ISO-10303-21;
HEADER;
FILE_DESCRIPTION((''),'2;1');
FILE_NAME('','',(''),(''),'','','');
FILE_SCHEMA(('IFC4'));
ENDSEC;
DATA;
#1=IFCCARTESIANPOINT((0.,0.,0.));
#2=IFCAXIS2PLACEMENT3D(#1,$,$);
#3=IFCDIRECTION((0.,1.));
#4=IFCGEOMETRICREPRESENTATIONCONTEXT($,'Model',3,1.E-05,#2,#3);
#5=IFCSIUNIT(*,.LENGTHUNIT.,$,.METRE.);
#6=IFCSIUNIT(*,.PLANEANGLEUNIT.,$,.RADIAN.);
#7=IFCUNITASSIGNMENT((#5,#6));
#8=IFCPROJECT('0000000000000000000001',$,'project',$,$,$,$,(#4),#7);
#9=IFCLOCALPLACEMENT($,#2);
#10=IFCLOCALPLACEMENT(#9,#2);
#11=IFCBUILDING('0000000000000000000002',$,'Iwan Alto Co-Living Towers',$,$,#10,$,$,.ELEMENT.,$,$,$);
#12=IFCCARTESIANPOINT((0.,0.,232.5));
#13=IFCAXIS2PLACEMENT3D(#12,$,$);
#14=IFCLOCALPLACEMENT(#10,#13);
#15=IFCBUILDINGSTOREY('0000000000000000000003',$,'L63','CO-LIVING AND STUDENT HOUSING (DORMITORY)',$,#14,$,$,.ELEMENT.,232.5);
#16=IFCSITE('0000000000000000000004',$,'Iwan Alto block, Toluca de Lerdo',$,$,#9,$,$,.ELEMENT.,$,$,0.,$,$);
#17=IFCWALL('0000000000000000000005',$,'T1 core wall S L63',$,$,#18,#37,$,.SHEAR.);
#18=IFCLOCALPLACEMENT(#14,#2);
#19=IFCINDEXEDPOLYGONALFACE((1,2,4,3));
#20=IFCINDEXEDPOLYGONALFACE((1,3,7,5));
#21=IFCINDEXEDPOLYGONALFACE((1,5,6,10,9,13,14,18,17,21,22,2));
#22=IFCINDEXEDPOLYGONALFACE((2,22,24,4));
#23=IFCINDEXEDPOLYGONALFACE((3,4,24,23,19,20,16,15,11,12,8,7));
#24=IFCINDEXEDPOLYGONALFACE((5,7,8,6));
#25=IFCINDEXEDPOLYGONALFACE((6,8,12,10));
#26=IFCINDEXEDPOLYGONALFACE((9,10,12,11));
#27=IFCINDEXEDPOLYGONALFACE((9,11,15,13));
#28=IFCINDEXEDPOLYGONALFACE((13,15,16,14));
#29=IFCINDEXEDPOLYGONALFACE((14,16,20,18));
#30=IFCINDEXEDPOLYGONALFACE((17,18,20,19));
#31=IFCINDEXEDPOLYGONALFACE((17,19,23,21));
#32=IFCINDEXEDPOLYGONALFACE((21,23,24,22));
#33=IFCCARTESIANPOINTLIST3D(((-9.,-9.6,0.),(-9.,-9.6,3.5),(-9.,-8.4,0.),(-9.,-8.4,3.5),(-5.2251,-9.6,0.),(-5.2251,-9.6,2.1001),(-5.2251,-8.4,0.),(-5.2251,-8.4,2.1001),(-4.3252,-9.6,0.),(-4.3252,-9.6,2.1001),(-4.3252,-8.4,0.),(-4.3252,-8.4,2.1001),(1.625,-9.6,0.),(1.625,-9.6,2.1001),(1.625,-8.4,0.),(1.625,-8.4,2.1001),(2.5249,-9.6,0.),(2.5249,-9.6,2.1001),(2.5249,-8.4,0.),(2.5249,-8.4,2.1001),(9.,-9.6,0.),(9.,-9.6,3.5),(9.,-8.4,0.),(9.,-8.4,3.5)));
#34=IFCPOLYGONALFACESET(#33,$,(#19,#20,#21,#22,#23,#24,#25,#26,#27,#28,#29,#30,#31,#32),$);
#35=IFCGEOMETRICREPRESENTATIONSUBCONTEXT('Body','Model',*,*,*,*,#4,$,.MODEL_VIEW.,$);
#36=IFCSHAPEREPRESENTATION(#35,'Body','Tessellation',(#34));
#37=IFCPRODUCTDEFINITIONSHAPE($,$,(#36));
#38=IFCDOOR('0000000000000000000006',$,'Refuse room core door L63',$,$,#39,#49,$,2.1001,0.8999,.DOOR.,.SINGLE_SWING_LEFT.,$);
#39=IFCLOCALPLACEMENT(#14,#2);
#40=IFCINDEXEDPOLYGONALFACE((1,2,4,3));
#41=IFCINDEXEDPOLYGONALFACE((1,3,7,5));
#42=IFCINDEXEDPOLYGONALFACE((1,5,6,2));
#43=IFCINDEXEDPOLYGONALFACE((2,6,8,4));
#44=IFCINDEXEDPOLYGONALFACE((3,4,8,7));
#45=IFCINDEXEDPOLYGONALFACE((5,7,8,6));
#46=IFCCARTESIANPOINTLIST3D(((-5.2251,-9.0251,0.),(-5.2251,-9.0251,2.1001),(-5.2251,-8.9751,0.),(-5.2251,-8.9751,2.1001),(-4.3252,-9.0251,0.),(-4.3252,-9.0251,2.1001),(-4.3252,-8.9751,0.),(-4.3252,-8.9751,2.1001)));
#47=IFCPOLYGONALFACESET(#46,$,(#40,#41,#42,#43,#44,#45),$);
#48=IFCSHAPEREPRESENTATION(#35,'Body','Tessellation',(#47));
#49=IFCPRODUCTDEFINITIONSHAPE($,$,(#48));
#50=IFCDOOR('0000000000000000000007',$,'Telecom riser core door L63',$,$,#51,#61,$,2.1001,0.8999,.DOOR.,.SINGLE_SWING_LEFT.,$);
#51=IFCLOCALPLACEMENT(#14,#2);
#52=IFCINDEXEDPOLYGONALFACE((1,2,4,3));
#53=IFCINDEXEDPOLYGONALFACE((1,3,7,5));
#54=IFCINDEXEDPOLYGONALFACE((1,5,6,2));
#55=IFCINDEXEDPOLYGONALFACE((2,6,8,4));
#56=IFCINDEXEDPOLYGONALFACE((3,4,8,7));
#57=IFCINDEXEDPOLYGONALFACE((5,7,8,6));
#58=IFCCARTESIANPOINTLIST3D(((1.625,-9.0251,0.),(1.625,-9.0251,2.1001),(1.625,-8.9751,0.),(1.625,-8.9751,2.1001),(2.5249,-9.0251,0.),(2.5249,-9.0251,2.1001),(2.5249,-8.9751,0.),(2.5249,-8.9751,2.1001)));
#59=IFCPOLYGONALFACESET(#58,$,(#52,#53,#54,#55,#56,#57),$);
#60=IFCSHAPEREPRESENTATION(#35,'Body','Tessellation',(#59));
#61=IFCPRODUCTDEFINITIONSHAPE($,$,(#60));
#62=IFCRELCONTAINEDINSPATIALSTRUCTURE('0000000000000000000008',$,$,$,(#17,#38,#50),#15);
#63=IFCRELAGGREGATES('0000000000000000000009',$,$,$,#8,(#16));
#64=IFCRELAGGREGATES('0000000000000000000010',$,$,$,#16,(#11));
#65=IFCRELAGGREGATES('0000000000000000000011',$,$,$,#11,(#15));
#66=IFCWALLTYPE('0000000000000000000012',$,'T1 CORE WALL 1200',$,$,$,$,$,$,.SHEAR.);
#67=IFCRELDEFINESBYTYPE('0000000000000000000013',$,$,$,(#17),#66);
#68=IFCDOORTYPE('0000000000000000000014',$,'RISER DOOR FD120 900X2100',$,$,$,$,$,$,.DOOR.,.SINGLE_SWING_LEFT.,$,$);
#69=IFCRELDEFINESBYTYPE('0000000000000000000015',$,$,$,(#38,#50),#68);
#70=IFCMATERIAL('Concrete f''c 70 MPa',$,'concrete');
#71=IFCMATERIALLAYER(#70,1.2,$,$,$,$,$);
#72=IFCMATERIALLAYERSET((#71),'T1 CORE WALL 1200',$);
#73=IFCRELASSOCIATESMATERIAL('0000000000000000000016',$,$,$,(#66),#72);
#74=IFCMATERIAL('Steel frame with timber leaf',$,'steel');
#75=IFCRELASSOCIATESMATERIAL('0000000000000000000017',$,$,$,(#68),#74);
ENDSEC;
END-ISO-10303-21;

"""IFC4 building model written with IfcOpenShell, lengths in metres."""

from ifc_helpers import new_model, si_unit, direction, frame, frame_2d, origin, place, context, subcontext, project, spatial, rectangle, extrude, material, layer, layer_set, type_object, element, fill, save


model = new_model("IFC4")

# Units and contexts
model_context = context("Model", 3, precision=1e-05, world=origin(), true_north=direction((0.0, 1.0)))
body_context = subcontext(model_context, "Body", "Model", "MODEL_VIEW")
ifc_project = project(units=[si_unit("LENGTHUNIT", "METRE"), si_unit("PLANEANGLEUNIT", "RADIAN")], contexts=[model_context])

# Site, building, storey
site_placement = place(None, origin())
site = spatial("IfcSite", under=ifc_project, at=site_placement, Name="Iwan Alto block, Toluca de Lerdo", CompositionType="ELEMENT", RefElevation=0.0)
building_placement = place(site_placement, origin())
building = spatial("IfcBuilding", under=site, at=building_placement, Name="Iwan Alto Co-Living Towers", CompositionType="ELEMENT")
storey_placement = place(building_placement, frame((0.0, 0.0, 232.5)))
storey = spatial("IfcBuildingStorey", under=building, at=storey_placement, Name="L63", Description="CO-LIVING AND STUDENT HOUSING (DORMITORY)", CompositionType="ELEMENT", Elevation=232.5)

# Wall, openings, doors
ifc_material_1 = material(Name="Concrete f'c 70 MPa", Category="concrete")
ifc_layer_1 = layer(ifc_material_1, 1.2)
ifc_layer_set_1 = layer_set([ifc_layer_1], Name="T1 CORE WALL 1200")
wall_type_1 = type_object("IfcWallType", Name="T1 CORE WALL 1200", PredefinedType="SHEAR", material=ifc_layer_set_1)
wall_1_placement = place(storey_placement, frame((-9.0, -9.0, 0.0), z_axis=(0.0, 0.0, 1.0), x_axis=(1.0, 0.0, 0.0)))
wall_1 = element("IfcWall", 1, at=wall_1_placement, inside=storey, type_object=wall_type_1, Name="T1 core wall S L63", PredefinedType="SHEAR", context=body_context, shape_type="SweptSolid", body=[
    extrude(rectangle(XDim=18.0, YDim=1.2, at=frame_2d((9.0, 0.0))), origin(), (0.0, 0.0, 1.0), 3.5),
])
opening_1_placement = place(wall_1_placement, frame((3.7749, 0.0, 0.0)))
opening_1 = element("IfcOpeningElement", 2, at=opening_1_placement, cuts=wall_1, PredefinedType="OPENING", context=body_context, shape_type="SweptSolid", body=[
    extrude(rectangle(XDim=0.8999, YDim=2.1001, at=frame_2d((0.45, 1.05))), frame((0.0, 0.6099, 0.0), z_axis=(0.0, -1.0, 0.0), x_axis=(1.0, 0.0, 0.0)), (0.0, 0.0, 1.0), 1.22),
])
opening_2_placement = place(wall_1_placement, frame((10.625, 0.0, 0.0)))
opening_2 = element("IfcOpeningElement", 3, at=opening_2_placement, cuts=wall_1, PredefinedType="OPENING", context=body_context, shape_type="SweptSolid", body=[
    extrude(rectangle(XDim=0.8999, YDim=2.1001, at=frame_2d((0.45, 1.05))), frame((0.0, 0.6099, 0.0), z_axis=(0.0, -1.0, 0.0), x_axis=(1.0, 0.0, 0.0)), (0.0, 0.0, 1.0), 1.22),
])
ifc_material_2 = material(Name="Steel frame with timber leaf", Category="steel")
door_type_1 = type_object("IfcDoorType", Name="RISER DOOR FD120 900X2100", OperationType="SINGLE_SWING_LEFT", PredefinedType="DOOR", material=ifc_material_2)
door_1_placement = place(opening_1_placement, origin())
door_1 = element("IfcDoor", 4, at=door_1_placement, inside=storey, type_object=door_type_1, Name="Refuse room core door L63", OperationType="SINGLE_SWING_LEFT", OverallHeight=2.1001, OverallWidth=0.8999, PredefinedType="DOOR", context=body_context, shape_type="SweptSolid", body=[
    extrude(rectangle(XDim=0.8999, YDim=2.1001, at=frame_2d((0.45, 1.05))), frame((0.0, 0.0249, 0.0), z_axis=(0.0, -1.0, 0.0), x_axis=(1.0, 0.0, 0.0)), (0.0, 0.0, 1.0), 0.05),
])
fill(opening_1, door_1)
door_2_placement = place(opening_2_placement, origin())
door_2 = element("IfcDoor", 5, at=door_2_placement, inside=storey, type_object=door_type_1, Name="Telecom riser core door L63", OperationType="SINGLE_SWING_LEFT", OverallHeight=2.1001, OverallWidth=0.8999, PredefinedType="DOOR", context=body_context, shape_type="SweptSolid", body=[
    extrude(rectangle(XDim=0.8999, YDim=2.1001, at=frame_2d((0.45, 1.05))), frame((0.0, 0.0249, 0.0), z_axis=(0.0, -1.0, 0.0), x_axis=(1.0, 0.0, 0.0)), (0.0, 0.0, 1.0), 0.05),
])
fill(opening_2, door_2)

save(model, "model.ifc")
